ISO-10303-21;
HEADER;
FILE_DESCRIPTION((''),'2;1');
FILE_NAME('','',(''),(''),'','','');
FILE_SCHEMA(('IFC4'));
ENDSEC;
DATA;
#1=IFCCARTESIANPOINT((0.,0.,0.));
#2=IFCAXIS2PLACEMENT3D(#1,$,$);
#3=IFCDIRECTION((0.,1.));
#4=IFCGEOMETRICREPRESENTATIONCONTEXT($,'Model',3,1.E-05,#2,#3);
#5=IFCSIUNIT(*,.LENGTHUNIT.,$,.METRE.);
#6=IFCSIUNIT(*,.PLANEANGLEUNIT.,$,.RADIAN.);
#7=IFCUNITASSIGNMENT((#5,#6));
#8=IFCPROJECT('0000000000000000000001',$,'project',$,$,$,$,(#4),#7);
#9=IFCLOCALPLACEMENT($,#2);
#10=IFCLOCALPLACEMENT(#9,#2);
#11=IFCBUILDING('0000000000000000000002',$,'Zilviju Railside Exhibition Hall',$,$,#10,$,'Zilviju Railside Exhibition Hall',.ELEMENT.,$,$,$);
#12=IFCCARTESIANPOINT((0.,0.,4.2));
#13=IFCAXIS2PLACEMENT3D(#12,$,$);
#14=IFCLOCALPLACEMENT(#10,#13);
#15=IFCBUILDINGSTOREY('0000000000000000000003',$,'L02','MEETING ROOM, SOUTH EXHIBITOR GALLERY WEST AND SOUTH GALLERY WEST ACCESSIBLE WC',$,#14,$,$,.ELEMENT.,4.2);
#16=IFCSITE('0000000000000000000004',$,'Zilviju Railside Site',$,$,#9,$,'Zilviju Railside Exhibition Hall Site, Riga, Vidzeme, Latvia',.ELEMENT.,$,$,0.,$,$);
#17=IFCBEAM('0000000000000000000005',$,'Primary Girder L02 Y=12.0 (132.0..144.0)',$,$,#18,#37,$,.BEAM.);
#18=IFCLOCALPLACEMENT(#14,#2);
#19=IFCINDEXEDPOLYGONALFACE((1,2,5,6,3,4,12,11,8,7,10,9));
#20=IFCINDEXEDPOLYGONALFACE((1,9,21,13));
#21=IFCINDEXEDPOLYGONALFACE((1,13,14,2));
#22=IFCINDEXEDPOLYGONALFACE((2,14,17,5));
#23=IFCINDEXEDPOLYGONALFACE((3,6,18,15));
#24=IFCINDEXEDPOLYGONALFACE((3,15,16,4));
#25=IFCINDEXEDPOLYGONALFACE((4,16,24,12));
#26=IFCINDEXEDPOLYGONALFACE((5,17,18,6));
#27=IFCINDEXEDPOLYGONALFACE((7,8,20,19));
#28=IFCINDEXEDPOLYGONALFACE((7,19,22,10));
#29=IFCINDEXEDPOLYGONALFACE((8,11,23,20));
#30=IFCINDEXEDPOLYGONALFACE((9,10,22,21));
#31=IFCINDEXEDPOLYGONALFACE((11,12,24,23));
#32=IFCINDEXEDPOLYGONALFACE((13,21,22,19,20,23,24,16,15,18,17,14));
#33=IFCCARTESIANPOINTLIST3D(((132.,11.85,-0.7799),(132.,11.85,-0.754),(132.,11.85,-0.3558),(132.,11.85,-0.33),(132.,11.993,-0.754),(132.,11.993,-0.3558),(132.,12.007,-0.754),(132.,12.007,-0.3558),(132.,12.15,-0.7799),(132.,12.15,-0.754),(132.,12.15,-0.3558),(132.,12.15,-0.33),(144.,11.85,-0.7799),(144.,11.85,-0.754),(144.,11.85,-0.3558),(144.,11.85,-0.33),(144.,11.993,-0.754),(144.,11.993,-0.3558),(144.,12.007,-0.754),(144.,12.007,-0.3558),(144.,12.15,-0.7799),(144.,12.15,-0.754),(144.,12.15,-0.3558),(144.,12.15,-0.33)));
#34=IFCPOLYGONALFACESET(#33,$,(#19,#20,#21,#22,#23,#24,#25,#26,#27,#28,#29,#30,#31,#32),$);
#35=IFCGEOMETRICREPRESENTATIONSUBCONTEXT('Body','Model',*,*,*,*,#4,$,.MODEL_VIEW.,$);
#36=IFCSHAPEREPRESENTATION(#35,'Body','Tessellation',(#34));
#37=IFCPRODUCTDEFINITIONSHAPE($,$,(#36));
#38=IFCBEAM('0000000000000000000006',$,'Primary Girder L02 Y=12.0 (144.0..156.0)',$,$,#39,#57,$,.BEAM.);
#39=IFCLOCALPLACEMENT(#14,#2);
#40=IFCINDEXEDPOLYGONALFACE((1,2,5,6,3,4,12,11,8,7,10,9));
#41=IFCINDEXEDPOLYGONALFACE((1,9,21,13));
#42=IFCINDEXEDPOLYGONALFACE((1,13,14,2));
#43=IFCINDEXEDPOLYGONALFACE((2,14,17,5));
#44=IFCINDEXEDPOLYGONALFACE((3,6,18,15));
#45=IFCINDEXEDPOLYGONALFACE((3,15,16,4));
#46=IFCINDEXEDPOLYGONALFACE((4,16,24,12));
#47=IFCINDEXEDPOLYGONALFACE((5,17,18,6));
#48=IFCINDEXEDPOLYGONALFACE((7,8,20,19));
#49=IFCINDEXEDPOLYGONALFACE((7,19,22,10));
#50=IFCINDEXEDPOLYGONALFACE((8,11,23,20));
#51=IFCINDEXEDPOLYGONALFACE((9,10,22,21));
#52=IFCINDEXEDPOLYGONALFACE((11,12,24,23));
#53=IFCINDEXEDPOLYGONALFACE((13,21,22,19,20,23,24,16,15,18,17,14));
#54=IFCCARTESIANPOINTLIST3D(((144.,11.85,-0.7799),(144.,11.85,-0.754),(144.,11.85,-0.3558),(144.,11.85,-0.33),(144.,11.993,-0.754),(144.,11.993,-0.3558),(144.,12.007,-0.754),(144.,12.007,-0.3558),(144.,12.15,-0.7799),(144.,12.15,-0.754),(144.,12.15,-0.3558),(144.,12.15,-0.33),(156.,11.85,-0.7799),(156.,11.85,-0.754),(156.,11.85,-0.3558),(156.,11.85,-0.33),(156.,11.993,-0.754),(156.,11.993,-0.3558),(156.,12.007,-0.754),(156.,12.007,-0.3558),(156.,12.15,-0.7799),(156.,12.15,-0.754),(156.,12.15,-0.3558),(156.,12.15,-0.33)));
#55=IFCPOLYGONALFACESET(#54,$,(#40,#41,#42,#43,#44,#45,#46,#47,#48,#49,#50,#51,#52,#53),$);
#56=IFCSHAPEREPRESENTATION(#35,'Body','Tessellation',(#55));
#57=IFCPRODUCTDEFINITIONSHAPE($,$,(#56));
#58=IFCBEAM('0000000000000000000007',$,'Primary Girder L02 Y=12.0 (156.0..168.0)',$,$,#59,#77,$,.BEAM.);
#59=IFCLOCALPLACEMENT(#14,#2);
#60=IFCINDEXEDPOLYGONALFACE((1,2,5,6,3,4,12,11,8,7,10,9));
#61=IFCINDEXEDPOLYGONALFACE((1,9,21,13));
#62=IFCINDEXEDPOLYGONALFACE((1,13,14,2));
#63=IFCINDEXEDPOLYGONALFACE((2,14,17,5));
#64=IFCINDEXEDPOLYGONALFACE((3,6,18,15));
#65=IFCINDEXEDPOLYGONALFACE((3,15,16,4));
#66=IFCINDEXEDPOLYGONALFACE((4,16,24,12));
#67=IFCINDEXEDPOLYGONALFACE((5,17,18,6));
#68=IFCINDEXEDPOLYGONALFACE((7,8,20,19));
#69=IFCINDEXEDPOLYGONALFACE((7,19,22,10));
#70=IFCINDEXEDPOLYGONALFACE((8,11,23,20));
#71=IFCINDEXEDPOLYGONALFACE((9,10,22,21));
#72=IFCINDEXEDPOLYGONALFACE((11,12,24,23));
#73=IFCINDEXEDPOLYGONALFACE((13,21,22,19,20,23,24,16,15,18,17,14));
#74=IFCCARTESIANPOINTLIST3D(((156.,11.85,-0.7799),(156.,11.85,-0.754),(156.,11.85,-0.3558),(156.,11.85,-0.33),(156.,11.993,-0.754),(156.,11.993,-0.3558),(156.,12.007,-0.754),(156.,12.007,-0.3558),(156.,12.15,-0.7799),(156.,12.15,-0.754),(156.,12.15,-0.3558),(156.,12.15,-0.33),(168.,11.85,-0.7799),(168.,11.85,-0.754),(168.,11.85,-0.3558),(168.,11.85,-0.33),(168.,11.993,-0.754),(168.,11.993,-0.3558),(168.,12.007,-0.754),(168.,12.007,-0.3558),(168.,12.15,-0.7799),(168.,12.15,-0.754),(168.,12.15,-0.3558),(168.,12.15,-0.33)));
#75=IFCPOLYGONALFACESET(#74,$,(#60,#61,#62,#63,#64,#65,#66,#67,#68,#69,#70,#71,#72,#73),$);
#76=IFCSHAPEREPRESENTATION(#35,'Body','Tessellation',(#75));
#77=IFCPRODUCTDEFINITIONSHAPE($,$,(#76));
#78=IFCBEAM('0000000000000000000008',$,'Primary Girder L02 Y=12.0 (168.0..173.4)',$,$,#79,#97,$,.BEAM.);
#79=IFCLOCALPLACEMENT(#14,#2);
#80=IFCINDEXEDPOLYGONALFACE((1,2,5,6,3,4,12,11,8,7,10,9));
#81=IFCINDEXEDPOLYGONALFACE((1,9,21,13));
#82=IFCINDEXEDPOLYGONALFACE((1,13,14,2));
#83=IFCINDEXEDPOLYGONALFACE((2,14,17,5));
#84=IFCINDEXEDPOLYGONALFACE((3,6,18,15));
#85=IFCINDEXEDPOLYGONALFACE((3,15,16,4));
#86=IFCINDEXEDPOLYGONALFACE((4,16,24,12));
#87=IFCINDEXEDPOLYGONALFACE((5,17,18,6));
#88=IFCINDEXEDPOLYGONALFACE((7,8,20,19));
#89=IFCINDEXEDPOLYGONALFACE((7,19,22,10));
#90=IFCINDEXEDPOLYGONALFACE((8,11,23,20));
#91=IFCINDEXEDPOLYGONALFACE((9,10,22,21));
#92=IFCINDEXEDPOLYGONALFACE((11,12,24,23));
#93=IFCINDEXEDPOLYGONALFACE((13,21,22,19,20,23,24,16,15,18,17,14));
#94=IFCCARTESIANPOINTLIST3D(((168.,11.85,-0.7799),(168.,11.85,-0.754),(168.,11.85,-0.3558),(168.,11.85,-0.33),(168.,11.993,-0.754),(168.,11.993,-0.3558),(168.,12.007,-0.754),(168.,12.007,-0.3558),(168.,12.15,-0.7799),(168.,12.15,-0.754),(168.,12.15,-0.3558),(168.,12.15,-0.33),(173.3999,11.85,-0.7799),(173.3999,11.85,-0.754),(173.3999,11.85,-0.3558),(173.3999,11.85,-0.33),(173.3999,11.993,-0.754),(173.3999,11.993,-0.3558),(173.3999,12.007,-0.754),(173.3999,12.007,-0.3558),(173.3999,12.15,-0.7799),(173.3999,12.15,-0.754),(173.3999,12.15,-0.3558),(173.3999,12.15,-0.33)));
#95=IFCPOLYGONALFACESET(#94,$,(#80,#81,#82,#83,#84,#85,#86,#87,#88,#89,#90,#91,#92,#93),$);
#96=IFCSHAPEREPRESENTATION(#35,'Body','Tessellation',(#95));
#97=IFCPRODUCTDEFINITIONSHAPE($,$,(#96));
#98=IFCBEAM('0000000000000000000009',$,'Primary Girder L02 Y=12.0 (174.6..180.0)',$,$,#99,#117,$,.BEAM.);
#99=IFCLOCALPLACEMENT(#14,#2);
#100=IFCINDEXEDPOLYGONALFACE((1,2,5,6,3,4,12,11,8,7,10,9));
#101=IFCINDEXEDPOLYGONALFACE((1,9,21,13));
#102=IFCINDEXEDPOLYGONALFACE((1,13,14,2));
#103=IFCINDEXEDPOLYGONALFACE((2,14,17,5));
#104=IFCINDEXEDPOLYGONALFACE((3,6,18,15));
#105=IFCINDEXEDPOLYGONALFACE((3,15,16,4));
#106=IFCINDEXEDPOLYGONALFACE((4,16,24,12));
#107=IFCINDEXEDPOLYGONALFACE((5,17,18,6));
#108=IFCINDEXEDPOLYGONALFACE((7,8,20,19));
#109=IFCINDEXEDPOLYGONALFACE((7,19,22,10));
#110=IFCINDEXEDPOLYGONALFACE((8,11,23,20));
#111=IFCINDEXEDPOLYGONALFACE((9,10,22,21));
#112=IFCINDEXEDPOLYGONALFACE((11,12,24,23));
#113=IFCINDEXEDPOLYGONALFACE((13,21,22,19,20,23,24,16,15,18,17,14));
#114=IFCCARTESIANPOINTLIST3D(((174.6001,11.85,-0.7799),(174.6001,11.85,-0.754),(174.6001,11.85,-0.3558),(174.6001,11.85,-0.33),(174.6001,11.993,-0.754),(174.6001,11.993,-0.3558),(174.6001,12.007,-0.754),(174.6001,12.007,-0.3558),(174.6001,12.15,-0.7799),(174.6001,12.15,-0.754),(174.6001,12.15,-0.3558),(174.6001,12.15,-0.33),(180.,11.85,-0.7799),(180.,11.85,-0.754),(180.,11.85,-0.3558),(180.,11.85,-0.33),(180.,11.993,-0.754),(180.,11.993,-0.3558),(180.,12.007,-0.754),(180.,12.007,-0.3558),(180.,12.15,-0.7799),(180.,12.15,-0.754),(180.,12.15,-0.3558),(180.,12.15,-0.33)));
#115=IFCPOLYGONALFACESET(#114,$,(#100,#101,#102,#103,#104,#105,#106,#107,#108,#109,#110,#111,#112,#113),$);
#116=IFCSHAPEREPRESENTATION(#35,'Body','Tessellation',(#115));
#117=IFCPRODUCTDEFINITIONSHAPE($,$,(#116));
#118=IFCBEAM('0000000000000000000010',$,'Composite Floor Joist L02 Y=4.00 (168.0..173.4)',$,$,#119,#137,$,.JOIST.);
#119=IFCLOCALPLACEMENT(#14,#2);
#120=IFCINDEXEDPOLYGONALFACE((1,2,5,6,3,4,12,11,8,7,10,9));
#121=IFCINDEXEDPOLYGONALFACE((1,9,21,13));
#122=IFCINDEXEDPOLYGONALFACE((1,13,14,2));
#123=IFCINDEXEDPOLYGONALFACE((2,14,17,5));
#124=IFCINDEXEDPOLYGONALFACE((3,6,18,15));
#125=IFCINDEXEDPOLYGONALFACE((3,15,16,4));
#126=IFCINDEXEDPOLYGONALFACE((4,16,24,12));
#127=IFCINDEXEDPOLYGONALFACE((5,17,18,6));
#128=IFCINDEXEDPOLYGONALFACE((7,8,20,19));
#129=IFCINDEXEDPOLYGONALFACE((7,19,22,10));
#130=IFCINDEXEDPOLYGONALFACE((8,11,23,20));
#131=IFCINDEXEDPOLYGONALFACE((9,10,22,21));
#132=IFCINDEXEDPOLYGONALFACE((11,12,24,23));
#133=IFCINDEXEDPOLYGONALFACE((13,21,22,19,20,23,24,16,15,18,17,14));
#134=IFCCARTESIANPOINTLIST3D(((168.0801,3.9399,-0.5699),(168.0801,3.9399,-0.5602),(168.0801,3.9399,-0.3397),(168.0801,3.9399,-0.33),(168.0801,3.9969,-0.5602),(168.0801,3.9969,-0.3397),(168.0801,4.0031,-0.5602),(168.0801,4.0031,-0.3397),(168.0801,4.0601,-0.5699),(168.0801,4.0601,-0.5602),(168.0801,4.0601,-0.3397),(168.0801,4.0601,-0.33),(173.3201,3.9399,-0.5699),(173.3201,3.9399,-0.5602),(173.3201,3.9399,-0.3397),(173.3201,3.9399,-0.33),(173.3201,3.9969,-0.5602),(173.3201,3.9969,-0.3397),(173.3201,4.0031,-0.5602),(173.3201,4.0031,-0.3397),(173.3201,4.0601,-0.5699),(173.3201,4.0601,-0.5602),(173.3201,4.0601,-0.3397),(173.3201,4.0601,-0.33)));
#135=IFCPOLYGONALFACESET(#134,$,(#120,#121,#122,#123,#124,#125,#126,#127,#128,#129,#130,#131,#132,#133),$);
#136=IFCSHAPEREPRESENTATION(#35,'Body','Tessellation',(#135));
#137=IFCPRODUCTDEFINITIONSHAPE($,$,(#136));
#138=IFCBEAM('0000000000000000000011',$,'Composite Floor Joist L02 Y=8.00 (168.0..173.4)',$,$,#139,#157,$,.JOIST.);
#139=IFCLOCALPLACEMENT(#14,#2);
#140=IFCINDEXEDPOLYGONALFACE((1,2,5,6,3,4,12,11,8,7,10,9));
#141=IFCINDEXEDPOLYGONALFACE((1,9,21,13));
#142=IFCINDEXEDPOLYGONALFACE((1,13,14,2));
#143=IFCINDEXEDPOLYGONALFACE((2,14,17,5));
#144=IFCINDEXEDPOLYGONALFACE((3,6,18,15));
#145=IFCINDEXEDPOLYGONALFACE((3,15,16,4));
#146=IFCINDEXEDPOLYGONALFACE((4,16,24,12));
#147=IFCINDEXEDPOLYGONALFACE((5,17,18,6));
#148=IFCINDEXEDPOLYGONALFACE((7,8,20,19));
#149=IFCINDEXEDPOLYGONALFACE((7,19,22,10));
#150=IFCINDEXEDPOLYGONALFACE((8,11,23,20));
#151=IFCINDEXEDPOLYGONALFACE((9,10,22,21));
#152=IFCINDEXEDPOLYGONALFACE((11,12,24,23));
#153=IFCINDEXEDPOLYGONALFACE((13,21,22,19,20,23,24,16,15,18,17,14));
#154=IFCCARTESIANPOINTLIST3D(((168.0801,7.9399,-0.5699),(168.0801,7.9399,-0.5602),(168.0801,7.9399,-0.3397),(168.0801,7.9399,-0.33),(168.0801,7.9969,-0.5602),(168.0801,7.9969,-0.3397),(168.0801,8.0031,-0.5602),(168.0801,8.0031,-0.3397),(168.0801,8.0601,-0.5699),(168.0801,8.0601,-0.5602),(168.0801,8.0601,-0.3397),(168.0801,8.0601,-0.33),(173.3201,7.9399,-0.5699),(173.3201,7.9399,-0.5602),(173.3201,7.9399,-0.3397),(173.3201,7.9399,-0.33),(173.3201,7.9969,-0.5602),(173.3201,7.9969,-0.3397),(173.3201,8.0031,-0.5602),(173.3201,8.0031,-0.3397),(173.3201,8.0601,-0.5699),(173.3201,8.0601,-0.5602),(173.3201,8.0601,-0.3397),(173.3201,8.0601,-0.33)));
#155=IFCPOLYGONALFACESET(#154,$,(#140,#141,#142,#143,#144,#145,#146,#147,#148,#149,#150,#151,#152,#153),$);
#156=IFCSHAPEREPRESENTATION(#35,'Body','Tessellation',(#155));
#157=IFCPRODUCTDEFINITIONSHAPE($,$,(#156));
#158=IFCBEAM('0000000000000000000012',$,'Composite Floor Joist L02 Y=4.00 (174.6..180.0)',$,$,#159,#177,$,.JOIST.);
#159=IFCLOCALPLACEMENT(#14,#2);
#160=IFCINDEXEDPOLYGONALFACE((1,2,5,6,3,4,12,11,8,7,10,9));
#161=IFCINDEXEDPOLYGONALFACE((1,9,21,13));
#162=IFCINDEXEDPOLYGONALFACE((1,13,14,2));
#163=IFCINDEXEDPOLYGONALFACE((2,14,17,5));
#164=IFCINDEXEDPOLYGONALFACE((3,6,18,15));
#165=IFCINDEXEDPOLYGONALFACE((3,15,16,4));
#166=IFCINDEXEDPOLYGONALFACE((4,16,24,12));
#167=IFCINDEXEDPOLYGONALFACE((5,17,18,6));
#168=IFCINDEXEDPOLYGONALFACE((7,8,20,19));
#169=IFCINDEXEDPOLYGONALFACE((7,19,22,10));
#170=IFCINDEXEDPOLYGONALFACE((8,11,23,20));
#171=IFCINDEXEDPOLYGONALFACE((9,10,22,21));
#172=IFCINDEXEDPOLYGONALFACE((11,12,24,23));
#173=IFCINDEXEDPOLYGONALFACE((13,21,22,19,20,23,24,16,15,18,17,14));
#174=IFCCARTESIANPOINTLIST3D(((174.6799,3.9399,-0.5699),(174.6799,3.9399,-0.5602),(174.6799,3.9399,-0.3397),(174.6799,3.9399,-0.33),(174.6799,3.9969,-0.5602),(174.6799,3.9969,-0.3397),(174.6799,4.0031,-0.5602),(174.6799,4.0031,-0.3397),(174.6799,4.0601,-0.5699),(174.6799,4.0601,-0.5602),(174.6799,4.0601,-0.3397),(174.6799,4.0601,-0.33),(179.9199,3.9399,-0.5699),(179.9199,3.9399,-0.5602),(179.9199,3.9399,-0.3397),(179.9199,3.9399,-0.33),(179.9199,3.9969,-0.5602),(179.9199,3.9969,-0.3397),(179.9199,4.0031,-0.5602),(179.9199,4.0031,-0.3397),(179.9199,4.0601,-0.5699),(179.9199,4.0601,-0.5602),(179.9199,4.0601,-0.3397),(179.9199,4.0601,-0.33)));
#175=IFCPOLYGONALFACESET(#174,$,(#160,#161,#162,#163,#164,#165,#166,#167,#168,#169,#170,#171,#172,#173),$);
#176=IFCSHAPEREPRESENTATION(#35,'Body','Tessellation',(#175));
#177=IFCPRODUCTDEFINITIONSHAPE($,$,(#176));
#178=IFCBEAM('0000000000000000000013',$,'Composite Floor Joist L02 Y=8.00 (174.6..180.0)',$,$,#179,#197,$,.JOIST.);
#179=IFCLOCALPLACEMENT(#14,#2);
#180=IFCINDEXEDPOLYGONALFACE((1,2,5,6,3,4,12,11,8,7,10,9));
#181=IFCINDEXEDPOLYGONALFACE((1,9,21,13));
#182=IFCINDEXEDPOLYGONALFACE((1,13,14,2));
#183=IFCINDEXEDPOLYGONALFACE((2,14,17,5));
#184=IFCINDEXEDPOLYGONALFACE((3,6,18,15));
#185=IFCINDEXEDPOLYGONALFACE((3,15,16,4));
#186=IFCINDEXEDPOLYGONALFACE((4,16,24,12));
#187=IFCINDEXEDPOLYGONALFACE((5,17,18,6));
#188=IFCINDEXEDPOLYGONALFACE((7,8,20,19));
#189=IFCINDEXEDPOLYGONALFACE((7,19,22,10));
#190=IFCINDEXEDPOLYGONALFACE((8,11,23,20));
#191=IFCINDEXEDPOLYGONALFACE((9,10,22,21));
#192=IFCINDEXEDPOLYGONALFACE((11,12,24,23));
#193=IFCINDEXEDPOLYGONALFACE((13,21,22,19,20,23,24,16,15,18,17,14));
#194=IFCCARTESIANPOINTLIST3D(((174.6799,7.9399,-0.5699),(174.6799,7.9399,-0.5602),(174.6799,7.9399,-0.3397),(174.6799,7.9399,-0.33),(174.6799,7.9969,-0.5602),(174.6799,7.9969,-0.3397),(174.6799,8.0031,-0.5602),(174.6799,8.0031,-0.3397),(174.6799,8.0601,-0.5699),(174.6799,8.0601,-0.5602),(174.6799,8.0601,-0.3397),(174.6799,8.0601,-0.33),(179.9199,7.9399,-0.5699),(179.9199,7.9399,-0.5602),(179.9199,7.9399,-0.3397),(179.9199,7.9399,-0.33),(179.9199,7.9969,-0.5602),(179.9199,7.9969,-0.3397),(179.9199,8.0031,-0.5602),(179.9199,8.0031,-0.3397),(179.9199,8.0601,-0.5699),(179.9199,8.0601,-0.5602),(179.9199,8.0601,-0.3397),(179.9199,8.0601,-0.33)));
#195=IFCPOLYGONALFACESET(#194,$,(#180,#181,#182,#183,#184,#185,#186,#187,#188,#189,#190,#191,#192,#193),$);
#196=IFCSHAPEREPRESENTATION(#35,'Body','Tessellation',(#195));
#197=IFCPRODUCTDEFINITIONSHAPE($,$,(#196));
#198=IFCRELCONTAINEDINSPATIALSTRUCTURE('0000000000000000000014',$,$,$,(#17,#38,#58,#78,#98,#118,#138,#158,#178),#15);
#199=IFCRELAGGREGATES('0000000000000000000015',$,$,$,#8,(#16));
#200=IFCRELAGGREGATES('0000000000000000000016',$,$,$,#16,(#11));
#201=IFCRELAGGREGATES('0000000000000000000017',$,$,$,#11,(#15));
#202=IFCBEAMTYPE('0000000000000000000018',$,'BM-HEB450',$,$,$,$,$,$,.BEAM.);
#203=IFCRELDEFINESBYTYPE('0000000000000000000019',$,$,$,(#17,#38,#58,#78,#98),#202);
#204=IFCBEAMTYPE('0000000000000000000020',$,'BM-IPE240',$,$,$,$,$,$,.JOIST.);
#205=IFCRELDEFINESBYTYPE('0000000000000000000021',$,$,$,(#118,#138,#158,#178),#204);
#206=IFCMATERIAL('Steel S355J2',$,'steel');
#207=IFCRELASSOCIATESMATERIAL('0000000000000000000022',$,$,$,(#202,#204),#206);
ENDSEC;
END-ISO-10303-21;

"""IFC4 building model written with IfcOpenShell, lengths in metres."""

from ifc_helpers import new_model, si_unit, direction, frame, origin, origin_2d, place, context, subcontext, project, spatial, i_section, extrude, material, material_profile, profile_set, type_object, element, save


model = new_model("IFC4")

# Units and contexts
model_context = context("Model", 3, precision=1e-05, world=origin(), true_north=direction((0.0, 1.0)))
body_context = subcontext(model_context, "Body", "Model", "MODEL_VIEW")
ifc_project = project(units=[si_unit("LENGTHUNIT", "METRE"), si_unit("PLANEANGLEUNIT", "RADIAN")], contexts=[model_context])

# Site, building, storey
site_placement = place(None, origin())
site = spatial("IfcSite", under=ifc_project, at=site_placement, Name="Zilviju Railside Site", LongName="Zilviju Railside Exhibition Hall Site, Riga, Vidzeme, Latvia", CompositionType="ELEMENT", RefElevation=0.0)
building_placement = place(site_placement, origin())
building = spatial("IfcBuilding", under=site, at=building_placement, Name="Zilviju Railside Exhibition Hall", LongName="Zilviju Railside Exhibition Hall", CompositionType="ELEMENT")
storey_placement = place(building_placement, frame((0.0, 0.0, 4.2)))
storey = spatial("IfcBuildingStorey", under=building, at=storey_placement, Name="L02", Description="MEETING ROOM, SOUTH EXHIBITOR GALLERY WEST AND SOUTH GALLERY WEST ACCESSIBLE WC", CompositionType="ELEMENT", Elevation=4.2)

# Beams
ifc_material_1 = material(Name="Steel S355J2", Category="steel")
ifc_material_profile_1 = material_profile(ifc_material_1, i_section(OverallWidth=0.3, OverallDepth=0.45, WebThickness=0.0139, FlangeThickness=0.0259, at=origin_2d()), Name="HEB 450")
ifc_profile_set_1 = profile_set([ifc_material_profile_1], Name="Steel S355J2")
beam_type_1 = type_object("IfcBeamType", Name="BM-HEB450", PredefinedType="BEAM", material=ifc_profile_set_1)
for number, where, z_axis, x_axis, name in (
    (1, (132.0, 12.0, -0.5549), (1.0, 0.0, 0.0), (0.0, 1.0, 0.0), "Primary Girder L02 Y=12.0 (132.0..144.0)"),
    (2, (144.0, 12.0, -0.5549), (1.0, 0.0, 0.0), (0.0, 1.0, 0.0), "Primary Girder L02 Y=12.0 (144.0..156.0)"),
    (3, (156.0, 12.0, -0.5549), (1.0, 0.0, 0.0), (0.0, 1.0, 0.0), "Primary Girder L02 Y=12.0 (156.0..168.0)"),
):
    element("IfcBeam", number, at=place(storey_placement, frame(where, z_axis=z_axis, x_axis=x_axis)), inside=storey, type_object=beam_type_1, Name=name, PredefinedType="BEAM", context=body_context, shape_type="SweptSolid", body=[
        extrude(i_section(OverallWidth=0.3, OverallDepth=0.45, WebThickness=0.0139, FlangeThickness=0.0259, at=origin_2d()), origin(), (0.0, 0.0, 1.0), 12.0),
    ])
for number, where, z_axis, x_axis, name in (
    (4, (168.0, 12.0, -0.5549), (1.0, 0.0, 0.0), (0.0, 1.0, 0.0), "Primary Girder L02 Y=12.0 (168.0..173.4)"),
    (5, (174.6001, 12.0, -0.5549), (1.0, 0.0, 0.0), (0.0, 1.0, 0.0), "Primary Girder L02 Y=12.0 (174.6..180.0)"),
):
    element("IfcBeam", number, at=place(storey_placement, frame(where, z_axis=z_axis, x_axis=x_axis)), inside=storey, type_object=beam_type_1, Name=name, PredefinedType="BEAM", context=body_context, shape_type="SweptSolid", body=[
        extrude(i_section(OverallWidth=0.3, OverallDepth=0.45, WebThickness=0.0139, FlangeThickness=0.0259, at=origin_2d()), origin(), (0.0, 0.0, 1.0), 5.3999),
    ])
ifc_material_profile_2 = material_profile(ifc_material_1, i_section(OverallWidth=0.1201, OverallDepth=0.24, WebThickness=0.0061, FlangeThickness=0.0098, at=origin_2d()), Name="IPE 240")
ifc_profile_set_2 = profile_set([ifc_material_profile_2], Name="Steel S355J2")
beam_type_2 = type_object("IfcBeamType", Name="BM-IPE240", PredefinedType="JOIST", material=ifc_profile_set_2)
for number, where, z_axis, x_axis, name in (
    (6, (168.0801, 4.0, -0.45), (1.0, 0.0, 0.0), (0.0, 1.0, 0.0), "Composite Floor Joist L02 Y=4.00 (168.0..173.4)"),
    (7, (168.0801, 8.0, -0.45), (1.0, 0.0, 0.0), (0.0, 1.0, 0.0), "Composite Floor Joist L02 Y=8.00 (168.0..173.4)"),
    (8, (174.6799, 4.0, -0.45), (1.0, 0.0, 0.0), (0.0, 1.0, 0.0), "Composite Floor Joist L02 Y=4.00 (174.6..180.0)"),
    (9, (174.6799, 8.0, -0.45), (1.0, 0.0, 0.0), (0.0, 1.0, 0.0), "Composite Floor Joist L02 Y=8.00 (174.6..180.0)"),
):
    element("IfcBeam", number, at=place(storey_placement, frame(where, z_axis=z_axis, x_axis=x_axis)), inside=storey, type_object=beam_type_2, Name=name, PredefinedType="JOIST", context=body_context, shape_type="SweptSolid", body=[
        extrude(i_section(OverallWidth=0.1201, OverallDepth=0.24, WebThickness=0.0061, FlangeThickness=0.0098, at=origin_2d()), origin(), (0.0, 0.0, 1.0), 5.24),
    ])

save(model, "model.ifc")
